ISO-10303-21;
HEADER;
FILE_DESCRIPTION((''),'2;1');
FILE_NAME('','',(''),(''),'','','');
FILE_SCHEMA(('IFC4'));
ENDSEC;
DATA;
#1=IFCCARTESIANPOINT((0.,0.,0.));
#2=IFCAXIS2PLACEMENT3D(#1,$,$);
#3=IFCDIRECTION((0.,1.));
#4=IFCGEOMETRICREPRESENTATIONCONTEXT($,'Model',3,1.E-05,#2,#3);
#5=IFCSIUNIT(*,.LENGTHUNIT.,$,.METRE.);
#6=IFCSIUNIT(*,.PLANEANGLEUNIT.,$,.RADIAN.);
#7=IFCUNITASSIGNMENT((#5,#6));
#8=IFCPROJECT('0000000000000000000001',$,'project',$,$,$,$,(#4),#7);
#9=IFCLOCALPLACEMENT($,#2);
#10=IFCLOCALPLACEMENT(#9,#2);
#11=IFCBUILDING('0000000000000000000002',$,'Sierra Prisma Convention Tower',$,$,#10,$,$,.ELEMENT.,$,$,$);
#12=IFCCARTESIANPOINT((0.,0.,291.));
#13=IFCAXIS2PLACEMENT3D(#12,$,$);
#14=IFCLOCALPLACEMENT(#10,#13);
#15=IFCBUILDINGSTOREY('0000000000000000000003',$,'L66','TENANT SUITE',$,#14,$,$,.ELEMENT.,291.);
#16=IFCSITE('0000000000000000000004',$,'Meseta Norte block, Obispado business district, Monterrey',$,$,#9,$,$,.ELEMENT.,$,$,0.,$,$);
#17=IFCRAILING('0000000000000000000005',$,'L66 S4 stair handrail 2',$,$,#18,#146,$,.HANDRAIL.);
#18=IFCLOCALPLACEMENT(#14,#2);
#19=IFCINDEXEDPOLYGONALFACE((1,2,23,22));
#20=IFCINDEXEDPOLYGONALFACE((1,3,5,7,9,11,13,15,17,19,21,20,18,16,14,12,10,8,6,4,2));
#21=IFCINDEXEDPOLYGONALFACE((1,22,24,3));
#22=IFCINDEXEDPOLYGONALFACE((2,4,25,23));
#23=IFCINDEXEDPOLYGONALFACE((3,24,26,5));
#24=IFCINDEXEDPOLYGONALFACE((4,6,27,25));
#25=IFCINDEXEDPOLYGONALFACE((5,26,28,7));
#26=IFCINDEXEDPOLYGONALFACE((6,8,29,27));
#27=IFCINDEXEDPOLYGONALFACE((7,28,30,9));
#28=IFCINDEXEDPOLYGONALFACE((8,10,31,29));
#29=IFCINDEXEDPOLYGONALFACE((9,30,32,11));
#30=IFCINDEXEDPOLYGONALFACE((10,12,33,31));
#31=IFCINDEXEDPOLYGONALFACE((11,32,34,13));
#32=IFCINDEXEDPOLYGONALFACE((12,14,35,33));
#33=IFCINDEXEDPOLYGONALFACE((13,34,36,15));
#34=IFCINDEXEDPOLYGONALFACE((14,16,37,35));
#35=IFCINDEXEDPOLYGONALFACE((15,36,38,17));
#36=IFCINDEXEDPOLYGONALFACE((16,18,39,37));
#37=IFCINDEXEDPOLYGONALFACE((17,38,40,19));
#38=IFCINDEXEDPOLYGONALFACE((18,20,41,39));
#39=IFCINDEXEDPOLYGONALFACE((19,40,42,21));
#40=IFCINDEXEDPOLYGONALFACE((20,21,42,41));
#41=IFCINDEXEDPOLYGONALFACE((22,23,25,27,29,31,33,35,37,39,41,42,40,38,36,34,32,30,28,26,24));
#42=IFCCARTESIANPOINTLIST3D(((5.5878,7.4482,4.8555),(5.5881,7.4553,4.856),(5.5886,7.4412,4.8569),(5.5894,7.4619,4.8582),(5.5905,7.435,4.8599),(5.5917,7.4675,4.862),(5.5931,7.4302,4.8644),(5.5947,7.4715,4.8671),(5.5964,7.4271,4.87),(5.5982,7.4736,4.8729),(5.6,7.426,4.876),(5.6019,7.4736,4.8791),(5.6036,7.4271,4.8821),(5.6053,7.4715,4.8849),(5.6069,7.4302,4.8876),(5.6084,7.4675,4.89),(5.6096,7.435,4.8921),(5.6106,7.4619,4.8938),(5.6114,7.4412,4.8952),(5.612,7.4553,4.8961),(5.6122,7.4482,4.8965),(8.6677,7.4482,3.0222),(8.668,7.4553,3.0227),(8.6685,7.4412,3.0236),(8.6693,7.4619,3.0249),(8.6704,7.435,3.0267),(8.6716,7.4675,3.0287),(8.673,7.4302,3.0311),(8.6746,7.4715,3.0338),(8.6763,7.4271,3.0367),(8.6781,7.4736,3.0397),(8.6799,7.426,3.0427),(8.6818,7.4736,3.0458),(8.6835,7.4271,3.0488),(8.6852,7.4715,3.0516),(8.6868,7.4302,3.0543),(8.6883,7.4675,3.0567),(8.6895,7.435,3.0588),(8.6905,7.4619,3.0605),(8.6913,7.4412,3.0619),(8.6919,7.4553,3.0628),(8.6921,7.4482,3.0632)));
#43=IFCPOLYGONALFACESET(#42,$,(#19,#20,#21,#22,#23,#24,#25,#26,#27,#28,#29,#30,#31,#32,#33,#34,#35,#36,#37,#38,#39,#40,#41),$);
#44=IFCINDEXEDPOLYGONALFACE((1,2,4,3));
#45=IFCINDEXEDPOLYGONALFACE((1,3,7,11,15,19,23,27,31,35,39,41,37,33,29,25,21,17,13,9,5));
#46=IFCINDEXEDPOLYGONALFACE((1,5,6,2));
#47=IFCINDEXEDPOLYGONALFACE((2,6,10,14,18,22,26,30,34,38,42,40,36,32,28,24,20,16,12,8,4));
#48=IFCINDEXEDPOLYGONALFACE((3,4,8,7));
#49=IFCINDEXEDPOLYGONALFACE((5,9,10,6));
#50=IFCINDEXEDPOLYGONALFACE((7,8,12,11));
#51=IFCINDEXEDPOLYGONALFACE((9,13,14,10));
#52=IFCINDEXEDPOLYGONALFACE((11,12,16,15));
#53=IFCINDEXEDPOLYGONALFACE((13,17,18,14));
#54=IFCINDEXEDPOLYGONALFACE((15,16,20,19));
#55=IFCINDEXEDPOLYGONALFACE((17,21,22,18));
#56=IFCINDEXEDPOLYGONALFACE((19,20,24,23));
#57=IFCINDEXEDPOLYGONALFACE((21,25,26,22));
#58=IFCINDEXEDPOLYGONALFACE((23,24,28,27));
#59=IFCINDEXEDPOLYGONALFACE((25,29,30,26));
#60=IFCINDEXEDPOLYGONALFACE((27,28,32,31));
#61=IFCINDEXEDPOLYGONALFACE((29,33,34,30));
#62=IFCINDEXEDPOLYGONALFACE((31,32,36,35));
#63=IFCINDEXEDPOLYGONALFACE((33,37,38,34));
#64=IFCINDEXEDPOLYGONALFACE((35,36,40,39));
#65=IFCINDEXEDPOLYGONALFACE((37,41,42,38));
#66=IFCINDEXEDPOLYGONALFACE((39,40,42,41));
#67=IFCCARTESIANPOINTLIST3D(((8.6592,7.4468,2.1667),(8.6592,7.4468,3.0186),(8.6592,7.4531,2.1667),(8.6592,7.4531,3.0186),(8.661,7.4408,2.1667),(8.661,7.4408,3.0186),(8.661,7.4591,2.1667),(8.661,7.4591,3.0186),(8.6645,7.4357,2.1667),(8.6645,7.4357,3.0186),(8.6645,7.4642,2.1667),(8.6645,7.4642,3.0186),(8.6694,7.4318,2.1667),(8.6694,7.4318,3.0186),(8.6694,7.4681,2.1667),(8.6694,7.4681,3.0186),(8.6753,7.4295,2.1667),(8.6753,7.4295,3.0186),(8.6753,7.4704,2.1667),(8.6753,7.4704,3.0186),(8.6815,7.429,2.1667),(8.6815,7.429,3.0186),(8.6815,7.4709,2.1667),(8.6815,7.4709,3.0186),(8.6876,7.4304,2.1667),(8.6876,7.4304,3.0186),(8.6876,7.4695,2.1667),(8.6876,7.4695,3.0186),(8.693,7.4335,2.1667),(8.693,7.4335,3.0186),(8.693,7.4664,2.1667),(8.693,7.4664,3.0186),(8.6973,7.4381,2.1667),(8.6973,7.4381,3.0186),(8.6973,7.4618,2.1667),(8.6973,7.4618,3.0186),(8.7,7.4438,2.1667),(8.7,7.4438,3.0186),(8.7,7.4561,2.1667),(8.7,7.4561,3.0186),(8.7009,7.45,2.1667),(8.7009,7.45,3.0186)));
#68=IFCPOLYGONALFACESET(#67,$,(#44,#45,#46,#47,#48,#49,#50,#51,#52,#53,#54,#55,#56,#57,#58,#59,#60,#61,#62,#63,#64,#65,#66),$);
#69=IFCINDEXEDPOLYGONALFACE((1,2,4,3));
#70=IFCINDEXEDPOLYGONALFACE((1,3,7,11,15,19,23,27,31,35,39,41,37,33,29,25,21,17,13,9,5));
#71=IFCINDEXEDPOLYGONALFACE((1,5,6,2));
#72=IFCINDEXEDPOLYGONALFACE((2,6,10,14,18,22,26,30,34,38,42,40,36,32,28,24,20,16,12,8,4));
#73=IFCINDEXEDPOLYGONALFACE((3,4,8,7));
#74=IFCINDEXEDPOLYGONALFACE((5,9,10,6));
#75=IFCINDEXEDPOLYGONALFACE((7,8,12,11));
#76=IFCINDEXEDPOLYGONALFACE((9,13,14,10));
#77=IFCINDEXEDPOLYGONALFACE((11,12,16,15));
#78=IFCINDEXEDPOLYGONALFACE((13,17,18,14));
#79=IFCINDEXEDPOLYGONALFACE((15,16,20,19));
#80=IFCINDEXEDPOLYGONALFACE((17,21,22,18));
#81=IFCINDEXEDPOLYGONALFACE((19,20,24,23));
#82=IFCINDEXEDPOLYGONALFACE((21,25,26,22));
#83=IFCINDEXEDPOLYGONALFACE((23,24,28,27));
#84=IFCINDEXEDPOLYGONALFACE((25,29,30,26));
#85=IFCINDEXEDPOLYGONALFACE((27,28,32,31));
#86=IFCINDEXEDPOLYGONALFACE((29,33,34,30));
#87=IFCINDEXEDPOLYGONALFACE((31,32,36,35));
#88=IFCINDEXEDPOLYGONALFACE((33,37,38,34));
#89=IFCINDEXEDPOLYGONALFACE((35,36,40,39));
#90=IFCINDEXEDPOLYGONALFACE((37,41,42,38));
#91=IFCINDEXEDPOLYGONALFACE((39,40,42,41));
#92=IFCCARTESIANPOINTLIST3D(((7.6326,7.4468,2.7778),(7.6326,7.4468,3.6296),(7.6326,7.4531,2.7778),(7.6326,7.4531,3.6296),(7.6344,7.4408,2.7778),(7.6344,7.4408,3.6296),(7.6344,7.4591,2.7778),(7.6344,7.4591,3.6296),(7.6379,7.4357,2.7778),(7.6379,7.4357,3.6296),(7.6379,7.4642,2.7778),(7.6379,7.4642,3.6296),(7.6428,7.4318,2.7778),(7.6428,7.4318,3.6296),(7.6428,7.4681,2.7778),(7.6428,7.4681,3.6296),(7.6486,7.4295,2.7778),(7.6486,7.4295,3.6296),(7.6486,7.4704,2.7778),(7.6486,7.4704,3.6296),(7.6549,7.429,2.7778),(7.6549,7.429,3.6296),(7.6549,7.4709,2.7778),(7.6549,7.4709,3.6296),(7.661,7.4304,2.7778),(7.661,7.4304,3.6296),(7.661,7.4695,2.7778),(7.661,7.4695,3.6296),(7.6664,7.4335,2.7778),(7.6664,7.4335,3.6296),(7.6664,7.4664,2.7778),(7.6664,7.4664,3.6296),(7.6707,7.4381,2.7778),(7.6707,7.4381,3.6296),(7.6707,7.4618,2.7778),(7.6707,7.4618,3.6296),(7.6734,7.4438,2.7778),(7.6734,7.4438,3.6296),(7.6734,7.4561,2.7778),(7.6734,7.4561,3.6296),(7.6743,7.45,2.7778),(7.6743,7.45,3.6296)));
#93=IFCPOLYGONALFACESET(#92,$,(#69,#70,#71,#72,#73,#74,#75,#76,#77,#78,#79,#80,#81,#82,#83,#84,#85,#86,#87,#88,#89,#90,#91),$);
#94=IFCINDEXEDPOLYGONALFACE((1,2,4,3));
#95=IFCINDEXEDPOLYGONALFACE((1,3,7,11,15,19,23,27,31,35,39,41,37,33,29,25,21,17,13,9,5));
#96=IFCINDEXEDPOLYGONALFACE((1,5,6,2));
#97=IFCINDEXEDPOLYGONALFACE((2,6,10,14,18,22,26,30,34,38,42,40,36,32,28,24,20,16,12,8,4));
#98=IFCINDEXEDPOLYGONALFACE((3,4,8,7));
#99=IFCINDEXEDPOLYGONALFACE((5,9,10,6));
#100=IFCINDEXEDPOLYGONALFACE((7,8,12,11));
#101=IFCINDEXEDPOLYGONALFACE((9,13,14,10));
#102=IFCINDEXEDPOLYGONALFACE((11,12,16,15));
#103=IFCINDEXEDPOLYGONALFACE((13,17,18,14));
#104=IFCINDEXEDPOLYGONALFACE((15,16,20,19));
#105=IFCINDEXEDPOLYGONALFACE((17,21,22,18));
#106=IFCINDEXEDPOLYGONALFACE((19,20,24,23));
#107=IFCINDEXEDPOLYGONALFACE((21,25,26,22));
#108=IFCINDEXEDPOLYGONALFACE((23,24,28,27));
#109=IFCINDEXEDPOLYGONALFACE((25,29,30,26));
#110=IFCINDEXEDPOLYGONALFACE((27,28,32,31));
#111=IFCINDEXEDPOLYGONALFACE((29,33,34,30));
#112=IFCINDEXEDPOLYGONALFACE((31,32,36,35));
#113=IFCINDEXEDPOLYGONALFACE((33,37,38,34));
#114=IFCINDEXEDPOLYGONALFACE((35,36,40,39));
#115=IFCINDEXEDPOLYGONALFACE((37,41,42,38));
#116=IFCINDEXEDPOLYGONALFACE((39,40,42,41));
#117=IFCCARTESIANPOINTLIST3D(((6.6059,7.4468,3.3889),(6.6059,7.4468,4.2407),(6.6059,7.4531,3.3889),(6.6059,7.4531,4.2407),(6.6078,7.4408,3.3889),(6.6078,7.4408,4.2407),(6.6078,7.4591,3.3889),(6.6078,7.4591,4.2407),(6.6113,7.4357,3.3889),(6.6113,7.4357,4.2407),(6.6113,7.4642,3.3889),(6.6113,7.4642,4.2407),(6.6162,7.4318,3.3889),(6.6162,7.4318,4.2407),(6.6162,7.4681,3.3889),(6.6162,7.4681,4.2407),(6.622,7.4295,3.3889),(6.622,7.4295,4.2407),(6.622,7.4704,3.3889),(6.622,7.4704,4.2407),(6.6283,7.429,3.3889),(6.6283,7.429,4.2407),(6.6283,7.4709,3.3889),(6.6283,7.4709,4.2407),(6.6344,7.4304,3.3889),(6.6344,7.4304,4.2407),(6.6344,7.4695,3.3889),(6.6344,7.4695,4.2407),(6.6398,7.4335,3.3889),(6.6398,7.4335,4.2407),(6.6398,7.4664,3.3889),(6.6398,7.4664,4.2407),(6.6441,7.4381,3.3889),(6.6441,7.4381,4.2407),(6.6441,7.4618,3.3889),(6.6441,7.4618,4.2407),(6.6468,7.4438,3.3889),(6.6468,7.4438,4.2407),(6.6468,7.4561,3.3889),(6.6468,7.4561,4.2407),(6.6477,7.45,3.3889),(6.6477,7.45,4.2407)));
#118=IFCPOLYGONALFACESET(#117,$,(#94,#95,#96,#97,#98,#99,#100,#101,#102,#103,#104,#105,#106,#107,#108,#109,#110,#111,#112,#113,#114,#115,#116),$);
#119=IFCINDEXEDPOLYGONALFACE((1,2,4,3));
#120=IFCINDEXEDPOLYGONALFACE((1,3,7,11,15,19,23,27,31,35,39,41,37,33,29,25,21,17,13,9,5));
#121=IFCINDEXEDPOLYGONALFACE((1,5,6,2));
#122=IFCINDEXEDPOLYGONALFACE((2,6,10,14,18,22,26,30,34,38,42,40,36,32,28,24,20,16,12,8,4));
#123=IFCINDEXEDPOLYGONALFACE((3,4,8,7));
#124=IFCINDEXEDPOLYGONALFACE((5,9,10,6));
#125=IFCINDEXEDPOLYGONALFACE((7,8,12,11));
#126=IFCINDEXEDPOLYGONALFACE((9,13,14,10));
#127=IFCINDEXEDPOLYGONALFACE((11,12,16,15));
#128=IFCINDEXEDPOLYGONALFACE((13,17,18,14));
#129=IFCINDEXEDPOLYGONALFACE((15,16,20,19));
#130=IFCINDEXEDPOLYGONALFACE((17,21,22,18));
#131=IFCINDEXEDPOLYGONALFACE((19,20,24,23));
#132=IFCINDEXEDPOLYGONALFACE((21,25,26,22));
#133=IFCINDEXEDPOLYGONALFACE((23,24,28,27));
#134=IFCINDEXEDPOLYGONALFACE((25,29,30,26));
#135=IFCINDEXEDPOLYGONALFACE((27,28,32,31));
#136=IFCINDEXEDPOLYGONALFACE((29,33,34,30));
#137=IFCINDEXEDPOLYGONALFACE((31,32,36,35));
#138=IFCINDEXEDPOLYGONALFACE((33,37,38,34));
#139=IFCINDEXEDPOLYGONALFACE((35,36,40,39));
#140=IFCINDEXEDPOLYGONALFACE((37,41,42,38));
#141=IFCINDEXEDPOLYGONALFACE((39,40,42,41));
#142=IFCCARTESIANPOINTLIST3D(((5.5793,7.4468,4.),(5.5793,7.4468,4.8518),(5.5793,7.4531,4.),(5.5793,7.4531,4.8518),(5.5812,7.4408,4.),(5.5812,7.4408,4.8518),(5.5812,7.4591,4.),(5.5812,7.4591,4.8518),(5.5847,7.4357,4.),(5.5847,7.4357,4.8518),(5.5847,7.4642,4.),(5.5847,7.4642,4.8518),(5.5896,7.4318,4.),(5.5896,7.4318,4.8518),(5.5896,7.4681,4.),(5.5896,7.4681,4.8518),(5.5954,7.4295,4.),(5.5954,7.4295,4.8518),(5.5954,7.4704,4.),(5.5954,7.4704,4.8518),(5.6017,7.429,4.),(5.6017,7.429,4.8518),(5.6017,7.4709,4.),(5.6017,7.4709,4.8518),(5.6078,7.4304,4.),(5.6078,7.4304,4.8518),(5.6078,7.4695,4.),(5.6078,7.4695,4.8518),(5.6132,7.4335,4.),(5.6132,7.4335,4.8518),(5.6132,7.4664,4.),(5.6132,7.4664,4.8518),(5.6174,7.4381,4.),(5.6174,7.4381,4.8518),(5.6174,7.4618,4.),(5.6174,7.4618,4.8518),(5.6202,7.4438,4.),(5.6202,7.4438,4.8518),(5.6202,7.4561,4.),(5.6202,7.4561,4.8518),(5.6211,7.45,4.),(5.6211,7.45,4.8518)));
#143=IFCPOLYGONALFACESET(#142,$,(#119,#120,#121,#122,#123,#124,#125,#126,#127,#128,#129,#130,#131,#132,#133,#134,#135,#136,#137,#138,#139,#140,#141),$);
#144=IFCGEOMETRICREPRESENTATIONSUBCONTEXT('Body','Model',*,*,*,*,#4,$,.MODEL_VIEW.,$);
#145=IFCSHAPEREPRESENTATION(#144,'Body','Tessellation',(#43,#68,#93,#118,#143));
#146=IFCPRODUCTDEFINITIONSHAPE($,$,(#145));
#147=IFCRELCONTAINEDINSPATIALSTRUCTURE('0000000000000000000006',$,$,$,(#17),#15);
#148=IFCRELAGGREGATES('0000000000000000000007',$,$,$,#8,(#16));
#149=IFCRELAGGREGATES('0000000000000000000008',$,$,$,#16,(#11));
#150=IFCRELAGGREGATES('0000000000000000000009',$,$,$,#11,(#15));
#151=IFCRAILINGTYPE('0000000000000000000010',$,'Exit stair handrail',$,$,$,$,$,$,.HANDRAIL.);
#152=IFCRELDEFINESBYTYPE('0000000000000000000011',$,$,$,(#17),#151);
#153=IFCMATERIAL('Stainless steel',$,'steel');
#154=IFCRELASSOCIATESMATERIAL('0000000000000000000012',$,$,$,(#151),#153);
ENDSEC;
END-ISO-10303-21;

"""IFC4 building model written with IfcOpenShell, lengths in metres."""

from ifc_helpers import new_model, si_unit, direction, frame, origin, origin_2d, place, context, subcontext, project, spatial, circle, extrude, material, type_object, element, save


model = new_model("IFC4")

# Units and contexts
model_context = context("Model", 3, precision=1e-05, world=origin(), true_north=direction((0.0, 1.0)))
body_context = subcontext(model_context, "Body", "Model", "MODEL_VIEW")
ifc_project = project(units=[si_unit("LENGTHUNIT", "METRE"), si_unit("PLANEANGLEUNIT", "RADIAN")], contexts=[model_context])

# Site, building, storey
site_placement = place(None, origin())
site = spatial("IfcSite", under=ifc_project, at=site_placement, Name="Meseta Norte block, Obispado business district, Monterrey", CompositionType="ELEMENT", RefElevation=0.0)
building_placement = place(site_placement, origin())
building = spatial("IfcBuilding", under=site, at=building_placement, Name="Sierra Prisma Convention Tower", CompositionType="ELEMENT")
storey_placement = place(building_placement, frame((0.0, 0.0, 291.0)))
storey = spatial("IfcBuildingStorey", under=building, at=storey_placement, Name="L66", Description="TENANT SUITE", CompositionType="ELEMENT", Elevation=291.0)

# Railing
ifc_material_1 = material(Name="Stainless steel", Category="steel")
railing_type_1 = type_object("IfcRailingType", Name="Exit stair handrail", PredefinedType="HANDRAIL", material=ifc_material_1)
railing_1_placement = place(storey_placement, frame((8.6799, 7.45, 2.1667)))
element("IfcRailing", 1, at=railing_1_placement, inside=storey, type_object=railing_type_1, Name="L66 S4 stair handrail 2", PredefinedType="HANDRAIL", context=body_context, shape_type="SweptSolid", body=[
    extrude(circle(Radius=0.0239, at=origin_2d()), frame((0.0, 0.0, 0.876), z_axis=(-0.859291, 0.0, 0.511487), x_axis=(0.0, -1.0, 0.0)), (0.0, 0.0, 1.0), 3.5842),
    extrude(circle(Radius=0.021, at=origin_2d()), origin(), (0.0, 0.0, 1.0), 0.8518),
    extrude(circle(Radius=0.021, at=origin_2d()), frame((-1.0266, 0.0, 0.6111)), (0.0, 0.0, 1.0), 0.8518),
    extrude(circle(Radius=0.021, at=origin_2d()), frame((-2.0532, 0.0, 1.2222)), (0.0, 0.0, 1.0), 0.8518),
    extrude(circle(Radius=0.021, at=origin_2d()), frame((-3.0798, 0.0, 1.8333)), (0.0, 0.0, 1.0), 0.8518),
])

save(model, "model.ifc")
